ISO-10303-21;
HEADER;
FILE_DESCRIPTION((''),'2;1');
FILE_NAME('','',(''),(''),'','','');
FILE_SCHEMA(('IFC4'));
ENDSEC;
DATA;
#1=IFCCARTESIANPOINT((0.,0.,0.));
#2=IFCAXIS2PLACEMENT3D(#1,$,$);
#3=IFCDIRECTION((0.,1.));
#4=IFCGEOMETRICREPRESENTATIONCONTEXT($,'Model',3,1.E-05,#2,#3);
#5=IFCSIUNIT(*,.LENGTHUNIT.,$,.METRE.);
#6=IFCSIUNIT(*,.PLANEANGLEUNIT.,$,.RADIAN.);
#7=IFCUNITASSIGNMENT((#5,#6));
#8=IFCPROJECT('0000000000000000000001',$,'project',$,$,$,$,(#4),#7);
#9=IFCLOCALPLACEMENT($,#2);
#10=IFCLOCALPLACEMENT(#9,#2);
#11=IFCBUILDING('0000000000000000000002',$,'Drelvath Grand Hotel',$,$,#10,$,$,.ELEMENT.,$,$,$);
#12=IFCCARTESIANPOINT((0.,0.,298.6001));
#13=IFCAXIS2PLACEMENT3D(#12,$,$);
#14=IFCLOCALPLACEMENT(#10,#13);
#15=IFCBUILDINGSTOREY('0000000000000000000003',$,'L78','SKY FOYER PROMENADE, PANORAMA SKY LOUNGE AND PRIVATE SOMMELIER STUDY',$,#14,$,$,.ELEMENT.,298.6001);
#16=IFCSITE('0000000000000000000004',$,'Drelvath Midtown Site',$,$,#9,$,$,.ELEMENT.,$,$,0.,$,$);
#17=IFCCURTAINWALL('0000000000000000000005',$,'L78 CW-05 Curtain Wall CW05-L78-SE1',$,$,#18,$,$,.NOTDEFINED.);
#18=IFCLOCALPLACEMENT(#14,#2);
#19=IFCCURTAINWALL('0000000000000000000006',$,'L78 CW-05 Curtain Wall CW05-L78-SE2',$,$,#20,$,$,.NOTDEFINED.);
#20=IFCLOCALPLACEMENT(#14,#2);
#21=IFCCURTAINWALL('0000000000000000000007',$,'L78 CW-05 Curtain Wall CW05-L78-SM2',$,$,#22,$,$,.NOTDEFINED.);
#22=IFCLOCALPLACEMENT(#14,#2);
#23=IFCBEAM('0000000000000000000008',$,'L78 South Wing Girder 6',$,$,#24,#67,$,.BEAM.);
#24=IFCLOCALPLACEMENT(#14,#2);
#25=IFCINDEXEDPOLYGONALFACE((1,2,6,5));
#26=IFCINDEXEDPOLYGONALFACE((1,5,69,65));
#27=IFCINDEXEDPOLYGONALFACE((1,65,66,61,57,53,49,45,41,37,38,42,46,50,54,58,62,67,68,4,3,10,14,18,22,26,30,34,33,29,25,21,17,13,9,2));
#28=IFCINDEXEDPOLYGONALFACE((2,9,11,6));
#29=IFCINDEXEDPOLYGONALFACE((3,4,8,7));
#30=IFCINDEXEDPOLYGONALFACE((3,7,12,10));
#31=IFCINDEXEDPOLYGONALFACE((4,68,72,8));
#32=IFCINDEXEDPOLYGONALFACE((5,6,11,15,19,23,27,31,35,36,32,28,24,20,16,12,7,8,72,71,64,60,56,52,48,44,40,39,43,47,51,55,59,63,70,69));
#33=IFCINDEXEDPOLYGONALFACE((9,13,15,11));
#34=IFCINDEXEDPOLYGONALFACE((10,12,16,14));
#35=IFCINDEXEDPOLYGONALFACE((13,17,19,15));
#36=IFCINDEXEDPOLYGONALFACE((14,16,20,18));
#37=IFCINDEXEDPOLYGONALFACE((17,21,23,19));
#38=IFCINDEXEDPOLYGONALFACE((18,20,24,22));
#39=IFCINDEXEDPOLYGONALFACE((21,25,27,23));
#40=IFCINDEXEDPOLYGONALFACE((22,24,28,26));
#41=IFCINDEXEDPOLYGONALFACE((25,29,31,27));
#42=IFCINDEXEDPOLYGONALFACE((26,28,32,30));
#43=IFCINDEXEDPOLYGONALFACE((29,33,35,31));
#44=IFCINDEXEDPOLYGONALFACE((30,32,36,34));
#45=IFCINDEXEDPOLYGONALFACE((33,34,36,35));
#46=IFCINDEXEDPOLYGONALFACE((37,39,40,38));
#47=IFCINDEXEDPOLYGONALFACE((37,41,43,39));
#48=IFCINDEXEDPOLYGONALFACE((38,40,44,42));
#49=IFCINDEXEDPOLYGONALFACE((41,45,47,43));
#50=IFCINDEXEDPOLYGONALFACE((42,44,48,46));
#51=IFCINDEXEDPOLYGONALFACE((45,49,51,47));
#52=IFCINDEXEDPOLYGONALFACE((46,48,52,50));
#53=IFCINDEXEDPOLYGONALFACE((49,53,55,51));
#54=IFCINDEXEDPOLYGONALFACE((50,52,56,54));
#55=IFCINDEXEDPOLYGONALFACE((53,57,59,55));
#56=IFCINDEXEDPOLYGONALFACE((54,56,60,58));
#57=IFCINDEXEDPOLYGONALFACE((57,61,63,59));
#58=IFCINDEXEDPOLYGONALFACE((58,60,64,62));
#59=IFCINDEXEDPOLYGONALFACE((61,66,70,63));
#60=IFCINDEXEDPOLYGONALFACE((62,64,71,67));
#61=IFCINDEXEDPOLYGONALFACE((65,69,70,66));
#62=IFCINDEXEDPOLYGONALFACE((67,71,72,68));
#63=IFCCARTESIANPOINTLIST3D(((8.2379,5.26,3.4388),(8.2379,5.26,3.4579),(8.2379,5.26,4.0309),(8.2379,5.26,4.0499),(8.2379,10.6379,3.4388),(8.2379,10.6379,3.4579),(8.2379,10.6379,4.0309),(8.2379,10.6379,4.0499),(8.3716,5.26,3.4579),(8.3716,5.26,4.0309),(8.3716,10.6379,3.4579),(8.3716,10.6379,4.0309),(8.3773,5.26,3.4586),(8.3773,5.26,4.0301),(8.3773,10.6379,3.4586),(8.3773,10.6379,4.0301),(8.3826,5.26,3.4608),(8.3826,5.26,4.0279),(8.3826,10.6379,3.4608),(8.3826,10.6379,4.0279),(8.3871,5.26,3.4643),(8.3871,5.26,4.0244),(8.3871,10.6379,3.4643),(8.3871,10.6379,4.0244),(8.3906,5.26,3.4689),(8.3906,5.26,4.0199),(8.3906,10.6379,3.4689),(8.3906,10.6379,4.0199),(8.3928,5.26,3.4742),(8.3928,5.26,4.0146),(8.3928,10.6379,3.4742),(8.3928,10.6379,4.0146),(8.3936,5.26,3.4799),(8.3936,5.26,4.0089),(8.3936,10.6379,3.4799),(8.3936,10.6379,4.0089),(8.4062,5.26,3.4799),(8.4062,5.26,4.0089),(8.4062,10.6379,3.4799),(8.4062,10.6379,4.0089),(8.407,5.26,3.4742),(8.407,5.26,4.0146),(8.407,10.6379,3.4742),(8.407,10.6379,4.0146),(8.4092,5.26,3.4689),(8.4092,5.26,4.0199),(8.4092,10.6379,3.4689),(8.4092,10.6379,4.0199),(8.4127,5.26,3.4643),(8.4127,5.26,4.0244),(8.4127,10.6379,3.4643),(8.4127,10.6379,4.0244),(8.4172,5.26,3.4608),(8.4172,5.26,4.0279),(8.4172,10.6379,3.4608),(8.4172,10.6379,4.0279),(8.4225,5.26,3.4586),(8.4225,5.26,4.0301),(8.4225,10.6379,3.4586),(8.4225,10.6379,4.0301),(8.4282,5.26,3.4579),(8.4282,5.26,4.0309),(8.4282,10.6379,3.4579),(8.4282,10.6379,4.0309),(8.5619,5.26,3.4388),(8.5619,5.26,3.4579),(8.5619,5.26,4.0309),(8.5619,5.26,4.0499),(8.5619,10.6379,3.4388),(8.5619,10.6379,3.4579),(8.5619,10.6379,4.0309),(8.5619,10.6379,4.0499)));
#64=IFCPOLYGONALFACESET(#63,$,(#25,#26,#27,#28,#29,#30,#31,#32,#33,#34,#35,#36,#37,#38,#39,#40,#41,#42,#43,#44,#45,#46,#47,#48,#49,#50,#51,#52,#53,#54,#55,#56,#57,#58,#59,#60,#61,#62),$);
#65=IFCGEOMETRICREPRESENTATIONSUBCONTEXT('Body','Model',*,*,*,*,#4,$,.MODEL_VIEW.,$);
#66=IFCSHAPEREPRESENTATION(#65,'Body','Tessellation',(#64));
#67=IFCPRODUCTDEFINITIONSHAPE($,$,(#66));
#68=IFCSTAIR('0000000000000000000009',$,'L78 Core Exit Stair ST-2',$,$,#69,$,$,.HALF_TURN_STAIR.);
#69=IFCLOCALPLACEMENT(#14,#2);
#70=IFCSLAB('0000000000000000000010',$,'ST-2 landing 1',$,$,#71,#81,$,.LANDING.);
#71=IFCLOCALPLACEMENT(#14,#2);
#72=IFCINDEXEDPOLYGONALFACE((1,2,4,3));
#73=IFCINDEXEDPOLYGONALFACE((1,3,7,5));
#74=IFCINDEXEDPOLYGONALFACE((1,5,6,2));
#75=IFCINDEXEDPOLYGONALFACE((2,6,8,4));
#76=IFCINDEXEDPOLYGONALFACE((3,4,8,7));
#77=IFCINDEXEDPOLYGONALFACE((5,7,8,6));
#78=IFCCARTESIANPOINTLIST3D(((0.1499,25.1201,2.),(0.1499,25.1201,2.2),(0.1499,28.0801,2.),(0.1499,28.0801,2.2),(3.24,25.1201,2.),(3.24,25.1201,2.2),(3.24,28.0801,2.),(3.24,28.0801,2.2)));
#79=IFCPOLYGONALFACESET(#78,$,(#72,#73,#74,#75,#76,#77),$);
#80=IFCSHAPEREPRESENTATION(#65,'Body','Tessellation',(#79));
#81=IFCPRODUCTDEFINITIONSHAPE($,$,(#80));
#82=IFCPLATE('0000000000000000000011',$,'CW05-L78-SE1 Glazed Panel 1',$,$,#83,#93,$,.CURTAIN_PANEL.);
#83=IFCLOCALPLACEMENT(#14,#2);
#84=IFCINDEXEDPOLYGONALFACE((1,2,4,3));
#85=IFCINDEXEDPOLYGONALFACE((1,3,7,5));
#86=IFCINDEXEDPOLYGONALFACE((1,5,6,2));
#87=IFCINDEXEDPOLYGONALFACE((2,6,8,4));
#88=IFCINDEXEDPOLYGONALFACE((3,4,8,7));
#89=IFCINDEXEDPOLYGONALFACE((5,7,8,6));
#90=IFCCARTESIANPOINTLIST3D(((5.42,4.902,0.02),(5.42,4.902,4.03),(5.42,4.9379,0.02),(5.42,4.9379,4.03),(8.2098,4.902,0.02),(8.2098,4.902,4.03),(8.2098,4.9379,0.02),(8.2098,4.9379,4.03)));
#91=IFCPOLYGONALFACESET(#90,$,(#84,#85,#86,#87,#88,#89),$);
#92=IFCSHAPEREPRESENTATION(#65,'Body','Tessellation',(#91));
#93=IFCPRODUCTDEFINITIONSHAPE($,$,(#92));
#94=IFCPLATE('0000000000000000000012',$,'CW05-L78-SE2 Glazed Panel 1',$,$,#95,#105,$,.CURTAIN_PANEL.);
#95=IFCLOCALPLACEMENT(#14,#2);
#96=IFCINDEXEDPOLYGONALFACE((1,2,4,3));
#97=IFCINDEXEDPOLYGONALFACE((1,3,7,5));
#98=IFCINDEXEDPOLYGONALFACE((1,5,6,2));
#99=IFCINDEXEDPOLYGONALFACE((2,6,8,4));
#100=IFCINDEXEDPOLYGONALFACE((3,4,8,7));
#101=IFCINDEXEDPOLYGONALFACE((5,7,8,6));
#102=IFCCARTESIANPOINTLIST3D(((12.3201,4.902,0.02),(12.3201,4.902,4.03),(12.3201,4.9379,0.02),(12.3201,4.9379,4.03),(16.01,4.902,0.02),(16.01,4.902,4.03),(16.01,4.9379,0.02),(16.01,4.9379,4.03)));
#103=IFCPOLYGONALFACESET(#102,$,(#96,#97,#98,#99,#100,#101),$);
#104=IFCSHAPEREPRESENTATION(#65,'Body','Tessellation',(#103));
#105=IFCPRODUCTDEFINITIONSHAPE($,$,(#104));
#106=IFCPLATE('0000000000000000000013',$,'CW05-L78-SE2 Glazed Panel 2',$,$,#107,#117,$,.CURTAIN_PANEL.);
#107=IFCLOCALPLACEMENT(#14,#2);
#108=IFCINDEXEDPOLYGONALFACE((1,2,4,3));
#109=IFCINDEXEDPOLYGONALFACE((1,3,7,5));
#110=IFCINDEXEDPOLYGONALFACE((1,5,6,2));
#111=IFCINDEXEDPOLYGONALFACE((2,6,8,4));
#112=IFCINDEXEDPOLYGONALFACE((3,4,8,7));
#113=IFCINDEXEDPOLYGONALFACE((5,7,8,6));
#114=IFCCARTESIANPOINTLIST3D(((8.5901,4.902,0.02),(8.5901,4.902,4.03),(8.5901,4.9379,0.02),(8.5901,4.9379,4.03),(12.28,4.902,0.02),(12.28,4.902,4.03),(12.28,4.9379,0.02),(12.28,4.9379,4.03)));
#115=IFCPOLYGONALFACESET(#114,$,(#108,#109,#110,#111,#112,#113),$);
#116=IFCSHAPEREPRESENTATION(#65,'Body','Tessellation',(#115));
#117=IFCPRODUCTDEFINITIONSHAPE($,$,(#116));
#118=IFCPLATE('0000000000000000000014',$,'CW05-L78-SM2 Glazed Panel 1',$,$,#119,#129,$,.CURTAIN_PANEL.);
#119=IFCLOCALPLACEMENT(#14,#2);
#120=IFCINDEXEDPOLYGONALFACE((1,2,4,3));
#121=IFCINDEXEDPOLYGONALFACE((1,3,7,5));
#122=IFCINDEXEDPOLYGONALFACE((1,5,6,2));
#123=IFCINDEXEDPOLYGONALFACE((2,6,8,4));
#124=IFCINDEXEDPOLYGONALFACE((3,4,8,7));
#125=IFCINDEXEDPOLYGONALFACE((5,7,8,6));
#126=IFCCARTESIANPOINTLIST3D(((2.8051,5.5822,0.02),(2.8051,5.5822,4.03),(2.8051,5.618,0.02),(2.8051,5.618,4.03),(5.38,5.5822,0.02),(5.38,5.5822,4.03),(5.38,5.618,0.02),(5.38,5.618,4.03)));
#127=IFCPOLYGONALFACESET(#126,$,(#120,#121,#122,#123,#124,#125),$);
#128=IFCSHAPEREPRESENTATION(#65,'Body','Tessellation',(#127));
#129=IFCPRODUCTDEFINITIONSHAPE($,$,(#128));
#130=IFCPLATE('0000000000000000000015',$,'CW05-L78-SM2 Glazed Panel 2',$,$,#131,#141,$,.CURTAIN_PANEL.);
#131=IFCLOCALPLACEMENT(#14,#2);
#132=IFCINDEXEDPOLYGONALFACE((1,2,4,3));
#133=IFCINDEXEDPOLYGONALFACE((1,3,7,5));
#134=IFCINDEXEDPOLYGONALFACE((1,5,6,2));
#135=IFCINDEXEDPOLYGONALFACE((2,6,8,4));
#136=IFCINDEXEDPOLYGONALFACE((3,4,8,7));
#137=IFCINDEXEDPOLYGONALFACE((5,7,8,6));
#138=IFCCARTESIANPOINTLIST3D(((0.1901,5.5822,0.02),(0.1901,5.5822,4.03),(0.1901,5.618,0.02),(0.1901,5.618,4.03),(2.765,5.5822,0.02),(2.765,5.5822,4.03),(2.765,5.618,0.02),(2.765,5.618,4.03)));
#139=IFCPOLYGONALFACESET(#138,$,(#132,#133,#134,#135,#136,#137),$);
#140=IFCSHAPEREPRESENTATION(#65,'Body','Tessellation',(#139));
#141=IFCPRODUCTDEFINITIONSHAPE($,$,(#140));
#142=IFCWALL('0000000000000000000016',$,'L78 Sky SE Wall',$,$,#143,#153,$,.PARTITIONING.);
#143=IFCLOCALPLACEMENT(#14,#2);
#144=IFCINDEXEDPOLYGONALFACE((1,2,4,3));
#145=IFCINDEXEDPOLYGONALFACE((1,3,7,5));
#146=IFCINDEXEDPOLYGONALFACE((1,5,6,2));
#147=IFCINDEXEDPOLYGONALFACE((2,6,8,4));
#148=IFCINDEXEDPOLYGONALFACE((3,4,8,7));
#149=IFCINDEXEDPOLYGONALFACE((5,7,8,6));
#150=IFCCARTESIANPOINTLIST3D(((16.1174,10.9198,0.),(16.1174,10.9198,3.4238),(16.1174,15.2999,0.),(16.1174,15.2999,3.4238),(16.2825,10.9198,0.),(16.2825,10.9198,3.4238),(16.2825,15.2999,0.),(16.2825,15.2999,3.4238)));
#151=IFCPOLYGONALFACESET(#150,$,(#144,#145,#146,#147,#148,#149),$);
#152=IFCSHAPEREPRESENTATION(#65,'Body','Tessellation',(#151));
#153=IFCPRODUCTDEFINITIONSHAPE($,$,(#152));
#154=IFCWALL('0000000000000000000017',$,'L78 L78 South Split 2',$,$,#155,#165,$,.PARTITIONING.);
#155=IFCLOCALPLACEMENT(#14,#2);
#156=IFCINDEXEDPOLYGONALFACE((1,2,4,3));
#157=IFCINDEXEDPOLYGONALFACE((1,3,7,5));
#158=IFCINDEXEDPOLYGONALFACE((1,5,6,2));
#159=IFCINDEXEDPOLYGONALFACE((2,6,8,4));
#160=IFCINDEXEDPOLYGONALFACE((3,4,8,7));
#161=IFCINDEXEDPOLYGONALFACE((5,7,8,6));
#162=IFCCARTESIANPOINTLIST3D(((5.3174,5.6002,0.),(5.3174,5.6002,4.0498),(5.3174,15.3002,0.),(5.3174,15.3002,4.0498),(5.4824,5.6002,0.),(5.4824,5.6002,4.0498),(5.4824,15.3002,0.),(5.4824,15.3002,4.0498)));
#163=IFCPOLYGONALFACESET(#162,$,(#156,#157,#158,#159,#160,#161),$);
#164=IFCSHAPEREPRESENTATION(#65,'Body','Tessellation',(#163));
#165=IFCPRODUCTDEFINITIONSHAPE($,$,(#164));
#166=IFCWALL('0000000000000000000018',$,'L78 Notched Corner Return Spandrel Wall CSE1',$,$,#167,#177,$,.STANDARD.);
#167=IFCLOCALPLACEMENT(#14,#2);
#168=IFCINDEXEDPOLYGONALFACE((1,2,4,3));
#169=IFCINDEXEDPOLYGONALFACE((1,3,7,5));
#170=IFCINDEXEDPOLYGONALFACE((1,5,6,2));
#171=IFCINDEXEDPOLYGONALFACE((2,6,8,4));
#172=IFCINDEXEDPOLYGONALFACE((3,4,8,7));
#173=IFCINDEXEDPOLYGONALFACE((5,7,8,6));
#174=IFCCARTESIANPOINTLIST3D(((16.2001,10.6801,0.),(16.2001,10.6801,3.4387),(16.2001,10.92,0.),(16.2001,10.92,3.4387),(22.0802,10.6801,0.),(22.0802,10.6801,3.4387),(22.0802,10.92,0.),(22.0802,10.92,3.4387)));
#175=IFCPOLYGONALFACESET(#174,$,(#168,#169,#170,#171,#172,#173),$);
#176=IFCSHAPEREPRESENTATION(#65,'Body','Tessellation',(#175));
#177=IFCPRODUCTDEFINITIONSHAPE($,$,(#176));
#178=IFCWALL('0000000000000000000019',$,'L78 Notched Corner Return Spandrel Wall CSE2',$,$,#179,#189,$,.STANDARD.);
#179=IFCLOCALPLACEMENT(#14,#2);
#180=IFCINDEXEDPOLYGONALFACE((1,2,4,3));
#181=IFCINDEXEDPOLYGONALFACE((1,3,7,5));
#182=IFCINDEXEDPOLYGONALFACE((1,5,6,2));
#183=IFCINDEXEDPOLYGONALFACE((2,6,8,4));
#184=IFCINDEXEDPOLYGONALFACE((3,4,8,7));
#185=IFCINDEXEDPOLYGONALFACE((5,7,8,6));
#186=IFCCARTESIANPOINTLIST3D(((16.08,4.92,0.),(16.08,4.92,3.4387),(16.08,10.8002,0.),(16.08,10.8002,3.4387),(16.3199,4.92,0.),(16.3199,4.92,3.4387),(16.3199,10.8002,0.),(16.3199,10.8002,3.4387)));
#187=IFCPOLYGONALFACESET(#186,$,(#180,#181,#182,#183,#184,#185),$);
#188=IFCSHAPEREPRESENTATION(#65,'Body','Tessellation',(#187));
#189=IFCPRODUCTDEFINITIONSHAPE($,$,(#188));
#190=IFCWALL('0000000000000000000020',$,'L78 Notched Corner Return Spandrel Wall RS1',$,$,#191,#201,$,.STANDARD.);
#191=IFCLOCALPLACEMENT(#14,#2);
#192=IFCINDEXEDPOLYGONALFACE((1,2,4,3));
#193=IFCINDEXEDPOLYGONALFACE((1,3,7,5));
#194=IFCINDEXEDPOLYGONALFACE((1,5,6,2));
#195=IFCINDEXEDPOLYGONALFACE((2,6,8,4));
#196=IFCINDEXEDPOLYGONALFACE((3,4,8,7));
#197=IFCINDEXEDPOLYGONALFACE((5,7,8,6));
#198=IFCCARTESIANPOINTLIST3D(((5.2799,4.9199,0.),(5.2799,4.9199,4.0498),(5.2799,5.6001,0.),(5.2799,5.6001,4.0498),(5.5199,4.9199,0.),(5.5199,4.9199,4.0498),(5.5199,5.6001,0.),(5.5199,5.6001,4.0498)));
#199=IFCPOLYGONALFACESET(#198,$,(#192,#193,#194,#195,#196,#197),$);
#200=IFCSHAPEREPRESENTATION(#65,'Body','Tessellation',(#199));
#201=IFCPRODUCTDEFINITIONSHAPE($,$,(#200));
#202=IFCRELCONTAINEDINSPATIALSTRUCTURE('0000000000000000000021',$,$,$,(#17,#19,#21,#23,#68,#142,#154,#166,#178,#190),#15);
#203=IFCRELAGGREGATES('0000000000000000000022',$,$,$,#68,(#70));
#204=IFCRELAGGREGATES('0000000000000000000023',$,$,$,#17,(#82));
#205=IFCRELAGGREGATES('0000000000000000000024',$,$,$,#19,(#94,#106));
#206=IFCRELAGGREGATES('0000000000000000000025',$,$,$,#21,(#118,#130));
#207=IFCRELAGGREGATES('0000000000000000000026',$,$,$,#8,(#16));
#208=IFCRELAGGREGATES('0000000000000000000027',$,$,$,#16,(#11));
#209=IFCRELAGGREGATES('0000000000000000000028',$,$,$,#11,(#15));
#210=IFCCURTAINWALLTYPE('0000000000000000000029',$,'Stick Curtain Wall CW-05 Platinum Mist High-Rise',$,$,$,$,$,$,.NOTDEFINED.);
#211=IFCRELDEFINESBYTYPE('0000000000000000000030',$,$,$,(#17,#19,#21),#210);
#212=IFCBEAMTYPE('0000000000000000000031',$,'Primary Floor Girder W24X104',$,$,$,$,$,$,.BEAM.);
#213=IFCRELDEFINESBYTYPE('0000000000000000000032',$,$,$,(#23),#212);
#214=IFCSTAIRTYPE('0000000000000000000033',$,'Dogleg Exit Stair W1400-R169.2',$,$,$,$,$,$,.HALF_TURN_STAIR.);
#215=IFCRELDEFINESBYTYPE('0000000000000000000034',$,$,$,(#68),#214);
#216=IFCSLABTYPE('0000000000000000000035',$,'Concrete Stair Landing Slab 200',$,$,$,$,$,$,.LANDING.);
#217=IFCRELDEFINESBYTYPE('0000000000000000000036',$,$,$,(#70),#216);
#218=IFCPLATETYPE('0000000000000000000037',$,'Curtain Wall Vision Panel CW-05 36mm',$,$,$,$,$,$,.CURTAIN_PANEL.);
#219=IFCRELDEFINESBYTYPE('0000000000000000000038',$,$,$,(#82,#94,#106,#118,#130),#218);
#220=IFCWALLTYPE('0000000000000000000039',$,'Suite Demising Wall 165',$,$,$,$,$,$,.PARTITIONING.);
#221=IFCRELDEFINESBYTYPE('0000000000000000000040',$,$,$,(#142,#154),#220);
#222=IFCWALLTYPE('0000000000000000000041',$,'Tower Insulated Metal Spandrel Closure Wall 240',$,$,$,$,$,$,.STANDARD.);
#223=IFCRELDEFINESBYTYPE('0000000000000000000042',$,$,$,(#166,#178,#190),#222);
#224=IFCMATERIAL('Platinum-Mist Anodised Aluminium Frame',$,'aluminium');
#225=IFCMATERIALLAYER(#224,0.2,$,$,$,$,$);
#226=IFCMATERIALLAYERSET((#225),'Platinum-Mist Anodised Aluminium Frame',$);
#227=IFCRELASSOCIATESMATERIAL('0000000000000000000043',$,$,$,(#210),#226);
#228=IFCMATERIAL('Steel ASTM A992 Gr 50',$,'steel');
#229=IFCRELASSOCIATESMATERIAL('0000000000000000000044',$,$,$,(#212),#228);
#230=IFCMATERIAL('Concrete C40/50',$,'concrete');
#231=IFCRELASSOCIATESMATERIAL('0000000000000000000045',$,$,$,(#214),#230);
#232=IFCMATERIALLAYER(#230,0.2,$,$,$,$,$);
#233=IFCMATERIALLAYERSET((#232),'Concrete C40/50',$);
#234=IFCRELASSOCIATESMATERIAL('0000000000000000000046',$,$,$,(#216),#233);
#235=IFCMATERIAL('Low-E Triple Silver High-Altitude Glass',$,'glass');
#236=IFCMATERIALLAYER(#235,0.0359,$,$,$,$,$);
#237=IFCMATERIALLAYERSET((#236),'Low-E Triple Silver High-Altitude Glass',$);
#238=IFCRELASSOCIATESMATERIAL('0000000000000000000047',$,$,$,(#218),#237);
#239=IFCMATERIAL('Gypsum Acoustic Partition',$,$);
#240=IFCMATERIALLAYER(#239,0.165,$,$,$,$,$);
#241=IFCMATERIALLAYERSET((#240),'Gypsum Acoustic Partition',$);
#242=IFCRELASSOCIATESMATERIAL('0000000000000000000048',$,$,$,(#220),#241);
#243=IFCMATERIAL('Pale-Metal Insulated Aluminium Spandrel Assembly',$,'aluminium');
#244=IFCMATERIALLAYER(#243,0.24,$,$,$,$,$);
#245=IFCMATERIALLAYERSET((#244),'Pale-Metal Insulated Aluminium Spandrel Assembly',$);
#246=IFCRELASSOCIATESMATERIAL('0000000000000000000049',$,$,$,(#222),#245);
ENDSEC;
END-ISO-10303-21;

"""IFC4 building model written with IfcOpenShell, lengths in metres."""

from ifc_helpers import new_model, si_unit, direction, frame, frame_2d, origin, origin_2d, place, context, subcontext, project, spatial, polyline, rectangle, i_section, outline, extrude, material, layer, layer_set, material_profile, profile_set, type_object, element, aggregate, save


model = new_model("IFC4")

# Units and contexts
model_context = context("Model", 3, precision=1e-05, world=origin(), true_north=direction((0.0, 1.0)))
body_context = subcontext(model_context, "Body", "Model", "MODEL_VIEW")
ifc_project = project(units=[si_unit("LENGTHUNIT", "METRE"), si_unit("PLANEANGLEUNIT", "RADIAN")], contexts=[model_context])

# Site, building, storey
site_placement = place(None, origin())
site = spatial("IfcSite", under=ifc_project, at=site_placement, Name="Drelvath Midtown Site", CompositionType="ELEMENT", RefElevation=0.0)
building_placement = place(site_placement, origin())
building = spatial("IfcBuilding", under=site, at=building_placement, Name="Drelvath Grand Hotel", CompositionType="ELEMENT")
storey_placement = place(building_placement, frame((0.0, 0.0, 298.6001)))
storey = spatial("IfcBuildingStorey", under=building, at=storey_placement, Name="L78", Description="SKY FOYER PROMENADE, PANORAMA SKY LOUNGE AND PRIVATE SOMMELIER STUDY", CompositionType="ELEMENT", Elevation=298.6001)

# Shared definitions
ifc_material_1 = material(Name="Steel ASTM A992 Gr 50", Category="steel")

# Curtain walls
ifc_material_2 = material(Name="Platinum-Mist Anodised Aluminium Frame", Category="aluminium")
ifc_layer_1 = layer(ifc_material_2, 0.2)
ifc_layer_set_1 = layer_set([ifc_layer_1], Name="Platinum-Mist Anodised Aluminium Frame")
curtain_wall_type = type_object("IfcCurtainWallType", Name="Stick Curtain Wall CW-05 Platinum Mist High-Rise", PredefinedType="NOTDEFINED", material=ifc_layer_set_1)
curtain_wall_1_placement = place(storey_placement, origin())
curtain_wall_1 = element("IfcCurtainWall", 1, at=curtain_wall_1_placement, inside=storey, type_object=curtain_wall_type, Name="L78 CW-05 Curtain Wall CW05-L78-SE1", PredefinedType="NOTDEFINED")
curtain_wall_2_placement = place(storey_placement, origin())
curtain_wall_2 = element("IfcCurtainWall", 2, at=curtain_wall_2_placement, inside=storey, type_object=curtain_wall_type, Name="L78 CW-05 Curtain Wall CW05-L78-SE2", PredefinedType="NOTDEFINED")
curtain_wall_3_placement = place(storey_placement, origin())
curtain_wall_3 = element("IfcCurtainWall", 3, at=curtain_wall_3_placement, inside=storey, type_object=curtain_wall_type, Name="L78 CW-05 Curtain Wall CW05-L78-SM2", PredefinedType="NOTDEFINED")

# Beam
ifc_material_profile_1 = material_profile(ifc_material_1, i_section(OverallWidth=0.324, OverallDepth=0.6111, WebThickness=0.0127, FlangeThickness=0.019, FilletRadius=0.022, at=origin_2d()), Name="W24X104")
ifc_profile_set_1 = profile_set([ifc_material_profile_1], Name="Steel ASTM A992 Gr 50")
beam_type_1 = type_object("IfcBeamType", Name="Primary Floor Girder W24X104", PredefinedType="BEAM", material=ifc_profile_set_1)
beam_1_placement = place(storey_placement, frame((8.3999, 5.26, 3.7444), z_axis=(0.0, 1.0, 0.0), x_axis=(-1.0, 0.0, 0.0)))
element("IfcBeam", 4, at=beam_1_placement, inside=storey, type_object=beam_type_1, Name="L78 South Wing Girder 6", PredefinedType="BEAM", context=body_context, shape_type="SweptSolid", body=[
    extrude(i_section(OverallWidth=0.324, OverallDepth=0.6111, WebThickness=0.0127, FlangeThickness=0.019, FilletRadius=0.022, at=origin_2d()), origin(), (0.0, 0.0, 1.0), 5.3779),
])

# Stair, slab
ifc_material_3 = material(Name="Concrete C40/50", Category="concrete")
stair_type = type_object("IfcStairType", Name="Dogleg Exit Stair W1400-R169.2", PredefinedType="HALF_TURN_STAIR", material=ifc_material_3)
stair_placement = place(storey_placement, origin())
stair = element("IfcStair", 5, at=stair_placement, inside=storey, type_object=stair_type, Name="L78 Core Exit Stair ST-2", PredefinedType="HALF_TURN_STAIR")
ifc_layer_2 = layer(ifc_material_3, 0.2)
ifc_layer_set_2 = layer_set([ifc_layer_2], Name="Concrete C40/50")
slab_type = type_object("IfcSlabType", Name="Concrete Stair Landing Slab 200", PredefinedType="LANDING", material=ifc_layer_set_2)
slab_placement = place(storey_placement, frame((0.0, 0.0, 2.0)))
slab = element("IfcSlab", 6, at=slab_placement, type_object=slab_type, Name="ST-2 landing 1", PredefinedType="LANDING", context=body_context, shape_type="SweptSolid", body=[
    extrude(outline(polyline([(3.24, 28.0801), (0.1499, 28.0801), (0.1499, 25.1201), (3.24, 25.1201), (3.24, 28.0801)])), origin(), (0.0, 0.0, 1.0), 0.2),
])
aggregate(stair, [slab])

# Plates
ifc_material_4 = material(Name="Low-E Triple Silver High-Altitude Glass", Category="glass")
ifc_layer_3 = layer(ifc_material_4, 0.0359)
ifc_layer_set_3 = layer_set([ifc_layer_3], Name="Low-E Triple Silver High-Altitude Glass")
plate_type = type_object("IfcPlateType", Name="Curtain Wall Vision Panel CW-05 36mm", PredefinedType="CURTAIN_PANEL", material=ifc_layer_set_3)
plate_1_placement = place(storey_placement, frame((6.8149, 4.9199, 0.02), z_axis=(0.0, 0.0, 1.0), x_axis=(-1.0, 0.0, 0.0)))
plate_1 = element("IfcPlate", 7, at=plate_1_placement, type_object=plate_type, Name="CW05-L78-SE1 Glazed Panel 1", PredefinedType="CURTAIN_PANEL", context=body_context, shape_type="SweptSolid", body=[
    extrude(rectangle(XDim=2.7898, YDim=0.0359, at=origin_2d()), origin(), (0.0, 0.0, 1.0), 4.01),
])
aggregate(curtain_wall_1, [plate_1])
plate_2_placement = place(storey_placement, frame((14.165, 4.9199, 0.02), z_axis=(0.0, 0.0, 1.0), x_axis=(-1.0, 0.0, 0.0)))
plate_2 = element("IfcPlate", 8, at=plate_2_placement, type_object=plate_type, Name="CW05-L78-SE2 Glazed Panel 1", PredefinedType="CURTAIN_PANEL", context=body_context, shape_type="SweptSolid", body=[
    extrude(rectangle(XDim=3.6899, YDim=0.0359, at=origin_2d()), origin(), (0.0, 0.0, 1.0), 4.01),
])
plate_3_placement = place(storey_placement, frame((10.4351, 4.9199, 0.02), z_axis=(0.0, 0.0, 1.0), x_axis=(-1.0, 0.0, 0.0)))
plate_3 = element("IfcPlate", 9, at=plate_3_placement, type_object=plate_type, Name="CW05-L78-SE2 Glazed Panel 2", PredefinedType="CURTAIN_PANEL", context=body_context, shape_type="SweptSolid", body=[
    extrude(rectangle(XDim=3.6899, YDim=0.0359, at=origin_2d()), origin(), (0.0, 0.0, 1.0), 4.01),
])
aggregate(curtain_wall_2, [plate_2, plate_3])
plate_4_placement = place(storey_placement, frame((4.0925, 5.6001, 0.02), z_axis=(0.0, 0.0, 1.0), x_axis=(-1.0, 0.0, 0.0)))
plate_4 = element("IfcPlate", 10, at=plate_4_placement, type_object=plate_type, Name="CW05-L78-SM2 Glazed Panel 1", PredefinedType="CURTAIN_PANEL", context=body_context, shape_type="SweptSolid", body=[
    extrude(rectangle(XDim=2.575, YDim=0.0359, at=origin_2d()), origin(), (0.0, 0.0, 1.0), 4.01),
])
plate_5_placement = place(storey_placement, frame((1.4775, 5.6001, 0.02), z_axis=(0.0, 0.0, 1.0), x_axis=(-1.0, 0.0, 0.0)))
plate_5 = element("IfcPlate", 11, at=plate_5_placement, type_object=plate_type, Name="CW05-L78-SM2 Glazed Panel 2", PredefinedType="CURTAIN_PANEL", context=body_context, shape_type="SweptSolid", body=[
    extrude(rectangle(XDim=2.575, YDim=0.0359, at=origin_2d()), origin(), (0.0, 0.0, 1.0), 4.01),
])
aggregate(curtain_wall_3, [plate_4, plate_5])

# Walls
ifc_material_5 = material(Name="Gypsum Acoustic Partition")
ifc_layer_4 = layer(ifc_material_5, 0.165)
ifc_layer_set_4 = layer_set([ifc_layer_4], Name="Gypsum Acoustic Partition")
wall_type_1 = type_object("IfcWallType", Name="Suite Demising Wall 165", PredefinedType="PARTITIONING", material=ifc_layer_set_4)
wall_1_placement = place(storey_placement, frame((16.2, 10.9199, 0.0), z_axis=(0.0, 0.0, 1.0), x_axis=(0.0, 1.0, 0.0)))
element("IfcWall", 12, at=wall_1_placement, inside=storey, type_object=wall_type_1, Name="L78 Sky SE Wall", PredefinedType="PARTITIONING", context=body_context, shape_type="SweptSolid", body=[
    extrude(rectangle(XDim=4.3801, YDim=0.165, at=frame_2d((2.1899, 0.0))), origin(), (0.0, 0.0, 1.0), 3.4238),
])
wall_2_placement = place(storey_placement, frame((5.3999, 5.6001, 0.0), z_axis=(0.0, 0.0, 1.0), x_axis=(0.0, 1.0, 0.0)))
element("IfcWall", 13, at=wall_2_placement, inside=storey, type_object=wall_type_1, Name="L78 L78 South Split 2", PredefinedType="PARTITIONING", context=body_context, shape_type="SweptSolid", body=[
    extrude(rectangle(XDim=9.7, YDim=0.165, at=frame_2d((4.8501, 0.0))), origin(), (0.0, 0.0, 1.0), 4.0498),
])
ifc_material_6 = material(Name="Pale-Metal Insulated Aluminium Spandrel Assembly", Category="aluminium")
ifc_layer_5 = layer(ifc_material_6, 0.24)
ifc_layer_set_5 = layer_set([ifc_layer_5], Name="Pale-Metal Insulated Aluminium Spandrel Assembly")
wall_type_2 = type_object("IfcWallType", Name="Tower Insulated Metal Spandrel Closure Wall 240", PredefinedType="STANDARD", material=ifc_layer_set_5)
for number, where, z_axis, x_axis, name in (
    (14, (22.0801, 10.8, 0.0), (0.0, 0.0, 1.0), (-1.0, 0.0, 0.0), "L78 Notched Corner Return Spandrel Wall CSE1"),
    (15, (16.2, 10.8, 0.0), (0.0, 0.0, 1.0), (0.0, -1.0, 0.0), "L78 Notched Corner Return Spandrel Wall CSE2"),
):
    element("IfcWall", number, at=place(storey_placement, frame(where, z_axis=z_axis, x_axis=x_axis)), inside=storey, type_object=wall_type_2, Name=name, PredefinedType="STANDARD", context=body_context, shape_type="SweptSolid", body=[
        extrude(rectangle(XDim=5.8801, YDim=0.24, at=frame_2d((2.9399, 0.0))), origin(), (0.0, 0.0, 1.0), 3.4387),
    ])
wall_3_placement = place(storey_placement, frame((5.3999, 4.9199, 0.0), z_axis=(0.0, 0.0, 1.0), x_axis=(0.0, 1.0, 0.0)))
element("IfcWall", 16, at=wall_3_placement, inside=storey, type_object=wall_type_2, Name="L78 Notched Corner Return Spandrel Wall RS1", PredefinedType="STANDARD", context=body_context, shape_type="SweptSolid", body=[
    extrude(rectangle(XDim=0.6802, YDim=0.24, at=frame_2d((0.3401, 0.0))), origin(), (0.0, 0.0, 1.0), 4.0498),
])

save(model, "model.ifc")
